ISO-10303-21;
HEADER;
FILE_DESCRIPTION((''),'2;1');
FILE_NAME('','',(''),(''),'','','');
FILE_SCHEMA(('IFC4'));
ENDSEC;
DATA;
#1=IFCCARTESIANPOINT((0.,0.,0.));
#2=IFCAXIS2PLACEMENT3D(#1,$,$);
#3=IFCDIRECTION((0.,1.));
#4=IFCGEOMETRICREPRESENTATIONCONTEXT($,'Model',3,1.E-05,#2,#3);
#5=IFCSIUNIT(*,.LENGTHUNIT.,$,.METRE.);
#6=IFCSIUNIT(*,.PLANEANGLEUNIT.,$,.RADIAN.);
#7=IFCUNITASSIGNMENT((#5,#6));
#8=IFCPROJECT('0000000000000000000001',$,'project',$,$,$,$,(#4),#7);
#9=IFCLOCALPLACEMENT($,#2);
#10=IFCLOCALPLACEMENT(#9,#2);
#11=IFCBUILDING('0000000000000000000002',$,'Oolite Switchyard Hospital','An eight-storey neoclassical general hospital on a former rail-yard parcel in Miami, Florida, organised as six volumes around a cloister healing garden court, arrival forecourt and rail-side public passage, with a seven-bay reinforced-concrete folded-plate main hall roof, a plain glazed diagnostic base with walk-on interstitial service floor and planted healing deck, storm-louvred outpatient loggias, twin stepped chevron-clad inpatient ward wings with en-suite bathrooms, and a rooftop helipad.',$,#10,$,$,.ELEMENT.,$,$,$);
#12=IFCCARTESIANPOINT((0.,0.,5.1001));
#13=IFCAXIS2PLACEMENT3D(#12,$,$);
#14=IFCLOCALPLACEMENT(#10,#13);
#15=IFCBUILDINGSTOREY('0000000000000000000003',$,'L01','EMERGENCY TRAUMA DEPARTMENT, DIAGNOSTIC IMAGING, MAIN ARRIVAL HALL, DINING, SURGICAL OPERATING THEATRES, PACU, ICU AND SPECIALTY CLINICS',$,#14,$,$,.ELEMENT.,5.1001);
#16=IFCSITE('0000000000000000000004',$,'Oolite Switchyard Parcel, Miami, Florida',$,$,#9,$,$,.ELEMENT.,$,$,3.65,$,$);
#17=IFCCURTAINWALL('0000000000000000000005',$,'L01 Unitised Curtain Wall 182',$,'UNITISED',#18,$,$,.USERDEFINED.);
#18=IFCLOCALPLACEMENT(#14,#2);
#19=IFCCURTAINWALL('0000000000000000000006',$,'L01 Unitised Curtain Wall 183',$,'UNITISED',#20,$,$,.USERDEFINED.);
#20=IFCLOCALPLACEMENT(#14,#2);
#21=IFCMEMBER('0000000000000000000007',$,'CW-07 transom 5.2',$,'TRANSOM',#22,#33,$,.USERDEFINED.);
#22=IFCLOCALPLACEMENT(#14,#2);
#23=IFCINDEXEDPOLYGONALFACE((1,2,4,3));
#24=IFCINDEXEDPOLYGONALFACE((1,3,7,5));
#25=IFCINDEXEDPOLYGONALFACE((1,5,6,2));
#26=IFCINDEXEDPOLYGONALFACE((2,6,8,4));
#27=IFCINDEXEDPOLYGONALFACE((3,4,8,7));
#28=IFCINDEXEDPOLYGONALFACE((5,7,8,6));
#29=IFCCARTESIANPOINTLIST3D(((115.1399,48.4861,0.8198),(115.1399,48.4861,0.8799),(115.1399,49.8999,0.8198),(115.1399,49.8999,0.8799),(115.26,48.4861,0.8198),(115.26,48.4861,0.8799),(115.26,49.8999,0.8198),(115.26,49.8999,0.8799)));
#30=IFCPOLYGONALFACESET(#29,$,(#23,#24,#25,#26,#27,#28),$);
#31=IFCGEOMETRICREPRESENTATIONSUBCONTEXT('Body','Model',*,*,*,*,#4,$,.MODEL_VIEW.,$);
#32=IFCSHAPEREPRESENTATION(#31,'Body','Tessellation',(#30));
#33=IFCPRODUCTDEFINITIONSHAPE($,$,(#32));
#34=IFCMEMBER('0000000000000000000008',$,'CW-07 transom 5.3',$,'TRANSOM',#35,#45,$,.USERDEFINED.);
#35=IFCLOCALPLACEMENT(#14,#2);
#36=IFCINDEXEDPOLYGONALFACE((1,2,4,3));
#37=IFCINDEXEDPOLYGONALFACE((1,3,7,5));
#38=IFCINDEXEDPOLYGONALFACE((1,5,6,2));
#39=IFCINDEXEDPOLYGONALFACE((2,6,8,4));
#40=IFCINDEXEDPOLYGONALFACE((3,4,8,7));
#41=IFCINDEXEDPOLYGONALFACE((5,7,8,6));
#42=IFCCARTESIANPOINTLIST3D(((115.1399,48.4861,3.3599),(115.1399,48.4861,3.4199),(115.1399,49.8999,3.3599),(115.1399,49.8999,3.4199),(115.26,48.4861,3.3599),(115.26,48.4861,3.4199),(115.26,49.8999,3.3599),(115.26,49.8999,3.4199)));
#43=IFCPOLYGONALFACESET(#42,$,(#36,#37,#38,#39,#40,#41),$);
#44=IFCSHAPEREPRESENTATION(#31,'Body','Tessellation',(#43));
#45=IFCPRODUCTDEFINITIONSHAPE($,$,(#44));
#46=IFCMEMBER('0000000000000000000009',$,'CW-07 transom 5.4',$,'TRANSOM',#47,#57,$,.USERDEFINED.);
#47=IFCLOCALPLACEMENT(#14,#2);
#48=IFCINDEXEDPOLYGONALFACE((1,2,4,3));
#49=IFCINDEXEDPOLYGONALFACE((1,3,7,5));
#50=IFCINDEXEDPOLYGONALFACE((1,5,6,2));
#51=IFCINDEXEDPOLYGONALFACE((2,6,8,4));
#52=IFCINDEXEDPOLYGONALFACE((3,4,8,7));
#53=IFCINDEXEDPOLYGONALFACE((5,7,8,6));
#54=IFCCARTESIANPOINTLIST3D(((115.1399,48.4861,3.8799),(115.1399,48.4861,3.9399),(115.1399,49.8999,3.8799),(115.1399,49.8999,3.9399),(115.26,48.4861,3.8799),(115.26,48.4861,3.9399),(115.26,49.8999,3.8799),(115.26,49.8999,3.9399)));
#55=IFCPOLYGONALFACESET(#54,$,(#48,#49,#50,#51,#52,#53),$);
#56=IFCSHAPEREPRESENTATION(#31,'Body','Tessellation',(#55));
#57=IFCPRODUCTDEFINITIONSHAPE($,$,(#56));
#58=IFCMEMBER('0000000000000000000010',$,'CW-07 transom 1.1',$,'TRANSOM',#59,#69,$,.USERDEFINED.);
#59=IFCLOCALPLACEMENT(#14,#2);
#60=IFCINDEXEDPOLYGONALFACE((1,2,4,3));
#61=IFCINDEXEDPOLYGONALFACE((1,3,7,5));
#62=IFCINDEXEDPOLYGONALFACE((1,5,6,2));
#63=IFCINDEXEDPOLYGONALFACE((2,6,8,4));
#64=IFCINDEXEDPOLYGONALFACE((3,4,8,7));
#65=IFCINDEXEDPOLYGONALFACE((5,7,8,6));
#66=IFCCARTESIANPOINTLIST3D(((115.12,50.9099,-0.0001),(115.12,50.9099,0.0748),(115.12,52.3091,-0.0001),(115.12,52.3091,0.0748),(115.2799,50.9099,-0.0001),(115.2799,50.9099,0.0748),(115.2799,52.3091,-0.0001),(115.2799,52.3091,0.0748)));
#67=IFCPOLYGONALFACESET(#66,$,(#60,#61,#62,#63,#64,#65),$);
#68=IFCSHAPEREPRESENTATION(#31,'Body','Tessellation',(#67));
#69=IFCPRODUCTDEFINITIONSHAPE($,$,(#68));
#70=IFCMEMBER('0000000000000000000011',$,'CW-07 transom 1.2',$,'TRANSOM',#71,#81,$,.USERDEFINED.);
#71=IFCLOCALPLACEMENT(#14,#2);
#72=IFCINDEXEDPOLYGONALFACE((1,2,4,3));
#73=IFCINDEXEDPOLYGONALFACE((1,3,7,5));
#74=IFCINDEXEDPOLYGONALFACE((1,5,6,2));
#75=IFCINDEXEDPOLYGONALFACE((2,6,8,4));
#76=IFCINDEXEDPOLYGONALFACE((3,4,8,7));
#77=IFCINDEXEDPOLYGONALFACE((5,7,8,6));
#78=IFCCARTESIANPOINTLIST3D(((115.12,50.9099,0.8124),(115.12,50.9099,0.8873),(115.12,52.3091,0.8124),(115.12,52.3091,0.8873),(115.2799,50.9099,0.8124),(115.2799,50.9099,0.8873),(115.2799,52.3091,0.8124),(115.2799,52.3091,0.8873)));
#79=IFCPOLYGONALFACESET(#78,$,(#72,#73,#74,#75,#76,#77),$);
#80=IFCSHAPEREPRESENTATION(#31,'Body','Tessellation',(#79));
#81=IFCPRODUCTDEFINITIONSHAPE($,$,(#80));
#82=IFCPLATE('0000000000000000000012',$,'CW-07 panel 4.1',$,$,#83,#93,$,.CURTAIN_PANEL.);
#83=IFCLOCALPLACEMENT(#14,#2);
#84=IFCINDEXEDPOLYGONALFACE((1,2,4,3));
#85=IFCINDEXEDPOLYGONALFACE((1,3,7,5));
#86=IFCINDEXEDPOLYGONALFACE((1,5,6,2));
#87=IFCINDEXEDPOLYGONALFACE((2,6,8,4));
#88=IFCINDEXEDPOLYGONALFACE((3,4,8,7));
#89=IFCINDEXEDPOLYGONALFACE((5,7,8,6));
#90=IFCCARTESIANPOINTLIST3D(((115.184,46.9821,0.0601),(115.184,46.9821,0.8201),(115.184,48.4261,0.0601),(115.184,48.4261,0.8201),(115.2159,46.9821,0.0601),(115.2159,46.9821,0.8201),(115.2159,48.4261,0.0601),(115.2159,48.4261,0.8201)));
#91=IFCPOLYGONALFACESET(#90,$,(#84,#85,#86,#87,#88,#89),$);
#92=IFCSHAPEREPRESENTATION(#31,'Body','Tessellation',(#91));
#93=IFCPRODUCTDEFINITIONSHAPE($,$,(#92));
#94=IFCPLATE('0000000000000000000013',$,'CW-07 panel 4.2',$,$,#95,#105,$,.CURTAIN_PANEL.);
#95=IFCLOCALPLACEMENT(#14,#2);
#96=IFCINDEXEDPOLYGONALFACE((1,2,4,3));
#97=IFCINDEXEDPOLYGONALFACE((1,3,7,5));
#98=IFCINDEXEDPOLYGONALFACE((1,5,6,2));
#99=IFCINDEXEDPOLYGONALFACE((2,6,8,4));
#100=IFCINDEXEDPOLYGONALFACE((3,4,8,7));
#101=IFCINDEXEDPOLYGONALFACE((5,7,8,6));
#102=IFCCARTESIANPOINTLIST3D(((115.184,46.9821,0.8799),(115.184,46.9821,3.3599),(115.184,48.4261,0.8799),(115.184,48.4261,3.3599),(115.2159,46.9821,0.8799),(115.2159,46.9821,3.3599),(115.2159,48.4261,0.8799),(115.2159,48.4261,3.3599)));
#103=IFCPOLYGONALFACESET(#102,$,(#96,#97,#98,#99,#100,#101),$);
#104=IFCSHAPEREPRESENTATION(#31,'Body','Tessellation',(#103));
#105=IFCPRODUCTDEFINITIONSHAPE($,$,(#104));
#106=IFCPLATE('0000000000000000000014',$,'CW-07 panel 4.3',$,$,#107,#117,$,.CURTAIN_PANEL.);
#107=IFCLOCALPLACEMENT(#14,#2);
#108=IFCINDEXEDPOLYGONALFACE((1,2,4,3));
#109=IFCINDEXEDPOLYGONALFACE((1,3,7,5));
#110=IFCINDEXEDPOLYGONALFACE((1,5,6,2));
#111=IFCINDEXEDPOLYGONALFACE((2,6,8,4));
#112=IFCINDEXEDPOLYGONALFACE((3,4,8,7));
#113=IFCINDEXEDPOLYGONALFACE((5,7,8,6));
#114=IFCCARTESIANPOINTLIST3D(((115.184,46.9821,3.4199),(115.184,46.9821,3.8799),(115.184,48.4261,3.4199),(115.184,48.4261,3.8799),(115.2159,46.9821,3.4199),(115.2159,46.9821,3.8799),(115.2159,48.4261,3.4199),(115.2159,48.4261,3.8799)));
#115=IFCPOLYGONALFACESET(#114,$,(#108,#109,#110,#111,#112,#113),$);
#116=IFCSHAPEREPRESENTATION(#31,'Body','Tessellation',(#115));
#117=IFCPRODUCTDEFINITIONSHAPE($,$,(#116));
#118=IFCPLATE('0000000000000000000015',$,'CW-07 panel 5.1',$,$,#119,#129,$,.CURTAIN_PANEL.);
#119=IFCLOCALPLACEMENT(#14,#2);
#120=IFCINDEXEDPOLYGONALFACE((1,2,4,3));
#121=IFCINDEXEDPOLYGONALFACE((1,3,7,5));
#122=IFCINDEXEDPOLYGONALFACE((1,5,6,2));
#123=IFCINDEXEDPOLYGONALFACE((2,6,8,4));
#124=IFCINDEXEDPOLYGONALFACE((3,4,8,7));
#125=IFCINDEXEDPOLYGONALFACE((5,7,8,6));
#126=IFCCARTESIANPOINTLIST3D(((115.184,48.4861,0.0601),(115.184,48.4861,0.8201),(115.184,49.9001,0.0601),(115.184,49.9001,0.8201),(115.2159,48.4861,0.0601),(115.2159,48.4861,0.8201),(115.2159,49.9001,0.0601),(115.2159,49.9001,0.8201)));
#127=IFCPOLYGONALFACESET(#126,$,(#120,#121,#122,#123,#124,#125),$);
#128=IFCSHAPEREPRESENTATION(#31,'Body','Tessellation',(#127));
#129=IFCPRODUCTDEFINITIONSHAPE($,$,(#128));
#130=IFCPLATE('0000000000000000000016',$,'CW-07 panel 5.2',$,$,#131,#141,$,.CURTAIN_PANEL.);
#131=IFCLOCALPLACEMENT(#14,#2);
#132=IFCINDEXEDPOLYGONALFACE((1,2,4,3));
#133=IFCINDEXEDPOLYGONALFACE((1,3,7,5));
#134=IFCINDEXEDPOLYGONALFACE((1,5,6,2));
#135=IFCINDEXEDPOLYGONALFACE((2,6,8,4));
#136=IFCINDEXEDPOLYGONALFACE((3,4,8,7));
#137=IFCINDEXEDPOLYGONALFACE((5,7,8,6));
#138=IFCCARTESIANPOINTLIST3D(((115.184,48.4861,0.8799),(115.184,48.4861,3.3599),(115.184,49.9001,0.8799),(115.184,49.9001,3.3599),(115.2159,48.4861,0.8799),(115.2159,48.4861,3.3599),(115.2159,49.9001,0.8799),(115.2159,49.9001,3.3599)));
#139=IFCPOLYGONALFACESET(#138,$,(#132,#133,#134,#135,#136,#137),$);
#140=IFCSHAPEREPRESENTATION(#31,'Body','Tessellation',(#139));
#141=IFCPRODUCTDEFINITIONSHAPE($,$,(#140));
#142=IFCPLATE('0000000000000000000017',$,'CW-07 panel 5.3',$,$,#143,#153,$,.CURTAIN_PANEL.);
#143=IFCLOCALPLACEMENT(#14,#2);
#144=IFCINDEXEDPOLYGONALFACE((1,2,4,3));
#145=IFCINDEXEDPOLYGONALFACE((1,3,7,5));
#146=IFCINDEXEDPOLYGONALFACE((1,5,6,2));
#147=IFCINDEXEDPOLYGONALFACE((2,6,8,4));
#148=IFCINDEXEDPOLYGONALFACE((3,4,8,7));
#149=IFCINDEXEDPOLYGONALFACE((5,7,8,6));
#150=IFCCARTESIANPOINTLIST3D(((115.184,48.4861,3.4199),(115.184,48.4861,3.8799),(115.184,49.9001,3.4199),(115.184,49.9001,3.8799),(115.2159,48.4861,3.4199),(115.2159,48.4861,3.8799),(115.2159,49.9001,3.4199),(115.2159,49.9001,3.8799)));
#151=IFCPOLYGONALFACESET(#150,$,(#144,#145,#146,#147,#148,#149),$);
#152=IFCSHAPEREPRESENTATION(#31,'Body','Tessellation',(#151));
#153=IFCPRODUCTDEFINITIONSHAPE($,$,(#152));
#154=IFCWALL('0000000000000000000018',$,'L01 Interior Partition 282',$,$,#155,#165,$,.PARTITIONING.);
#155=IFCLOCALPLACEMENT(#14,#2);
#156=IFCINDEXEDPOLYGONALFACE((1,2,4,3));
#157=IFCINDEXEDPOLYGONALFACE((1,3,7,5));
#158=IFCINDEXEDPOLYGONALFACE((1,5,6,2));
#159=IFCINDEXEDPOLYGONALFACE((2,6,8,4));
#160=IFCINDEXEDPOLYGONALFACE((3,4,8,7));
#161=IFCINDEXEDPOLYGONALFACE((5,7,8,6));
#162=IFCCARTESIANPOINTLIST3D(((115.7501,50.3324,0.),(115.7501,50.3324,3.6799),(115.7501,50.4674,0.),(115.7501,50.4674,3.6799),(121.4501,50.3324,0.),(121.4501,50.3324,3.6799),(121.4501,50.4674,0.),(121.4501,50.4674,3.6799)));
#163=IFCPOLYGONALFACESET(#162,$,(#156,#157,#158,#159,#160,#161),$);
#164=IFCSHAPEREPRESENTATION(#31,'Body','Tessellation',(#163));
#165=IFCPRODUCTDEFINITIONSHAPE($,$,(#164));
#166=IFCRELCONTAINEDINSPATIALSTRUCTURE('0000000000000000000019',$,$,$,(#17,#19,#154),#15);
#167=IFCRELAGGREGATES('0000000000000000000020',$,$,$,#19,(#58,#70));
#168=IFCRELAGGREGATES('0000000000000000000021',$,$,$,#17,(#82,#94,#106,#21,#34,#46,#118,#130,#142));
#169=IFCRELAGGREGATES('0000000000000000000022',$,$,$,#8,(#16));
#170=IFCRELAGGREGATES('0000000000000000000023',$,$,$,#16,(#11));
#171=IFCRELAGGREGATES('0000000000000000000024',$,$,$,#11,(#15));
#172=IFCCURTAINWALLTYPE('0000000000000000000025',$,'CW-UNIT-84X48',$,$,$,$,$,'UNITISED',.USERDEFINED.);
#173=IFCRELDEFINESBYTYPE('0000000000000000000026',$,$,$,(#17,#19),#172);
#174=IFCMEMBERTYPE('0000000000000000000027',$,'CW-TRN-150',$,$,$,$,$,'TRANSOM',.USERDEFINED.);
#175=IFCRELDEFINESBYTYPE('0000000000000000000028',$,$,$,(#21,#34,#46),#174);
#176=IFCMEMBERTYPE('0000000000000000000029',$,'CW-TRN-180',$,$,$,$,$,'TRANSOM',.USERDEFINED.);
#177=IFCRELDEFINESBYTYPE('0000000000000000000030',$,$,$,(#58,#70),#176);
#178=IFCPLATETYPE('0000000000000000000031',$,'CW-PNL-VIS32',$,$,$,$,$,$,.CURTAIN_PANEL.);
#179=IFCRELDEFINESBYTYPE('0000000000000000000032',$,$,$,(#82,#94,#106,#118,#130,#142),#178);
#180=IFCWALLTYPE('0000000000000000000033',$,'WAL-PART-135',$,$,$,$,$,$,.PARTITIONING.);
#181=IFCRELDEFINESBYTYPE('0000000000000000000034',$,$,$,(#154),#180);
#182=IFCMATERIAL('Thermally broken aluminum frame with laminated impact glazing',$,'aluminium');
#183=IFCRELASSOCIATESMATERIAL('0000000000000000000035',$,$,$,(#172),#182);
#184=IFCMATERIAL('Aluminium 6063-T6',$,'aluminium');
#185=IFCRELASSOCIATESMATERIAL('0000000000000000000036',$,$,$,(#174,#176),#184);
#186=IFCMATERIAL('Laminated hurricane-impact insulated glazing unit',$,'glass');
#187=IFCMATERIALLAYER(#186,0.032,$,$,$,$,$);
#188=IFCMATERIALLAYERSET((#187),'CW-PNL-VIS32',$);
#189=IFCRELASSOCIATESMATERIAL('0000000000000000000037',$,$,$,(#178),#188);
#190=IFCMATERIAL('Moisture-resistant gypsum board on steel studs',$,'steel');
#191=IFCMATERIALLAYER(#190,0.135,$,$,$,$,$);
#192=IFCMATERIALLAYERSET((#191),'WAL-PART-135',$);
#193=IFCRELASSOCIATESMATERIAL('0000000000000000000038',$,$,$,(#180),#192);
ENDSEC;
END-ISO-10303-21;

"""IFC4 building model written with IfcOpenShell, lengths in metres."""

from ifc_helpers import new_model, si_unit, direction, frame, frame_2d, origin, origin_2d, place, context, subcontext, project, spatial, rectangle, extrude, material, layer, layer_set, material_profile, profile_set, type_object, element, aggregate, save


model = new_model("IFC4")

# Units and contexts
model_context = context("Model", 3, precision=1e-05, world=origin(), true_north=direction((0.0, 1.0)))
body_context = subcontext(model_context, "Body", "Model", "MODEL_VIEW")
ifc_project = project(units=[si_unit("LENGTHUNIT", "METRE"), si_unit("PLANEANGLEUNIT", "RADIAN")], contexts=[model_context])

# Site, building, storey
site_placement = place(None, origin())
site = spatial("IfcSite", under=ifc_project, at=site_placement, Name="Oolite Switchyard Parcel, Miami, Florida", CompositionType="ELEMENT", RefElevation=3.65)
building_placement = place(site_placement, origin())
building = spatial("IfcBuilding", under=site, at=building_placement, Name="Oolite Switchyard Hospital", Description="An eight-storey neoclassical general hospital on a former rail-yard parcel in Miami, Florida, organised as six volumes around a cloister healing garden court, arrival forecourt and rail-side public passage, with a seven-bay reinforced-concrete folded-plate main hall roof, a plain glazed diagnostic base with walk-on interstitial service floor and planted healing deck, storm-louvred outpatient loggias, twin stepped chevron-clad inpatient ward wings with en-suite bathrooms, and a rooftop helipad.", CompositionType="ELEMENT")
storey_placement = place(building_placement, frame((0.0, 0.0, 5.1001)))
storey = spatial("IfcBuildingStorey", under=building, at=storey_placement, Name="L01", Description="EMERGENCY TRAUMA DEPARTMENT, DIAGNOSTIC IMAGING, MAIN ARRIVAL HALL, DINING, SURGICAL OPERATING THEATRES, PACU, ICU AND SPECIALTY CLINICS", CompositionType="ELEMENT", Elevation=5.1001)

# Curtain wall
ifc_material_1 = material(Name="Thermally broken aluminum frame with laminated impact glazing", Category="aluminium")
curtain_wall_type = type_object("IfcCurtainWallType", Name="CW-UNIT-84X48", ElementType="UNITISED", PredefinedType="USERDEFINED", material=ifc_material_1)
curtain_wall_1_placement = place(storey_placement, origin())
curtain_wall_1 = element("IfcCurtainWall", 1, at=curtain_wall_1_placement, inside=storey, type_object=curtain_wall_type, Name="L01 Unitised Curtain Wall 182", ObjectType="UNITISED", PredefinedType="USERDEFINED")
ifc_material_2 = material(Name="Aluminium 6063-T6", Category="aluminium")

# Curtain wall
curtain_wall_2_placement = place(storey_placement, origin())
curtain_wall_2 = element("IfcCurtainWall", 2, at=curtain_wall_2_placement, inside=storey, type_object=curtain_wall_type, Name="L01 Unitised Curtain Wall 183", ObjectType="UNITISED", PredefinedType="USERDEFINED")

# Members
ifc_material_profile_1 = material_profile(ifc_material_2, rectangle(XDim=0.1201, YDim=0.0601, at=origin_2d()), Name="CWT60X120")
ifc_profile_set_1 = profile_set([ifc_material_profile_1], Name="Aluminium 6063-T6")
member_type_1 = type_object("IfcMemberType", Name="CW-TRN-150", ElementType="TRANSOM", PredefinedType="USERDEFINED", material=ifc_profile_set_1)
member_1_placement = place(storey_placement, frame((115.2, 48.4861, 0.8499), z_axis=(0.0, 1.0, 0.0), x_axis=(-1.0, 0.0, 0.0)))
member_1 = element("IfcMember", 3, at=member_1_placement, type_object=member_type_1, Name="CW-07 transom 5.2", ObjectType="TRANSOM", PredefinedType="USERDEFINED", context=body_context, shape_type="SweptSolid", body=[
    extrude(rectangle(XDim=0.1201, YDim=0.0601, at=origin_2d()), origin(), (0.0, 0.0, 1.0), 1.4138),
])
member_2_placement = place(storey_placement, frame((115.2, 48.4861, 3.3899), z_axis=(0.0, 1.0, 0.0), x_axis=(-1.0, 0.0, 0.0)))
member_2 = element("IfcMember", 4, at=member_2_placement, type_object=member_type_1, Name="CW-07 transom 5.3", ObjectType="TRANSOM", PredefinedType="USERDEFINED", context=body_context, shape_type="SweptSolid", body=[
    extrude(rectangle(XDim=0.1201, YDim=0.0601, at=origin_2d()), origin(), (0.0, 0.0, 1.0), 1.4138),
])
member_3_placement = place(storey_placement, frame((115.2, 48.4861, 3.9099), z_axis=(0.0, 1.0, 0.0), x_axis=(-1.0, 0.0, 0.0)))
member_3 = element("IfcMember", 5, at=member_3_placement, type_object=member_type_1, Name="CW-07 transom 5.4", ObjectType="TRANSOM", PredefinedType="USERDEFINED", context=body_context, shape_type="SweptSolid", body=[
    extrude(rectangle(XDim=0.1201, YDim=0.0601, at=origin_2d()), origin(), (0.0, 0.0, 1.0), 1.4138),
])
ifc_material_profile_2 = material_profile(ifc_material_2, rectangle(XDim=0.1599, YDim=0.075, at=origin_2d()), Name="CWT75X160")
ifc_profile_set_2 = profile_set([ifc_material_profile_2], Name="Aluminium 6063-T6")
member_type_2 = type_object("IfcMemberType", Name="CW-TRN-180", ElementType="TRANSOM", PredefinedType="USERDEFINED", material=ifc_profile_set_2)
member_4_placement = place(storey_placement, frame((115.2, 50.9099, 0.0374), z_axis=(0.0, 1.0, 0.0), x_axis=(-1.0, 0.0, 0.0)))
member_4 = element("IfcMember", 6, at=member_4_placement, type_object=member_type_2, Name="CW-07 transom 1.1", ObjectType="TRANSOM", PredefinedType="USERDEFINED", context=body_context, shape_type="SweptSolid", body=[
    extrude(rectangle(XDim=0.1599, YDim=0.075, at=origin_2d()), origin(), (0.0, 0.0, 1.0), 1.3992),
])
member_5_placement = place(storey_placement, frame((115.2, 50.9099, 0.8499), z_axis=(0.0, 1.0, 0.0), x_axis=(-1.0, 0.0, 0.0)))
member_5 = element("IfcMember", 7, at=member_5_placement, type_object=member_type_2, Name="CW-07 transom 1.2", ObjectType="TRANSOM", PredefinedType="USERDEFINED", context=body_context, shape_type="SweptSolid", body=[
    extrude(rectangle(XDim=0.1599, YDim=0.075, at=origin_2d()), origin(), (0.0, 0.0, 1.0), 1.3992),
])
aggregate(curtain_wall_2, [member_4, member_5])

# Plates
ifc_material_3 = material(Name="Laminated hurricane-impact insulated glazing unit", Category="glass")
ifc_layer_1 = layer(ifc_material_3, 0.032)
ifc_layer_set_1 = layer_set([ifc_layer_1], Name="CW-PNL-VIS32")
plate_type = type_object("IfcPlateType", Name="CW-PNL-VIS32", PredefinedType="CURTAIN_PANEL", material=ifc_layer_set_1)
plate_1_placement = place(storey_placement, frame((115.2, 47.7041, 0.0601), z_axis=(0.0, 0.0, 1.0), x_axis=(0.0, 1.0, 0.0)))
plate_1 = element("IfcPlate", 8, at=plate_1_placement, type_object=plate_type, Name="CW-07 panel 4.1", PredefinedType="CURTAIN_PANEL", context=body_context, shape_type="SweptSolid", body=[
    extrude(rectangle(XDim=1.4441, YDim=0.032, at=origin_2d()), origin(), (0.0, 0.0, 1.0), 0.76),
])
plate_2_placement = place(storey_placement, frame((115.2, 47.7041, 0.8799), z_axis=(0.0, 0.0, 1.0), x_axis=(0.0, 1.0, 0.0)))
plate_2 = element("IfcPlate", 9, at=plate_2_placement, type_object=plate_type, Name="CW-07 panel 4.2", PredefinedType="CURTAIN_PANEL", context=body_context, shape_type="SweptSolid", body=[
    extrude(rectangle(XDim=1.4441, YDim=0.032, at=origin_2d()), origin(), (0.0, 0.0, 1.0), 2.48),
])
plate_3_placement = place(storey_placement, frame((115.2, 47.7041, 3.4199), z_axis=(0.0, 0.0, 1.0), x_axis=(0.0, 1.0, 0.0)))
plate_3 = element("IfcPlate", 10, at=plate_3_placement, type_object=plate_type, Name="CW-07 panel 4.3", PredefinedType="CURTAIN_PANEL", context=body_context, shape_type="SweptSolid", body=[
    extrude(rectangle(XDim=1.4441, YDim=0.032, at=origin_2d()), origin(), (0.0, 0.0, 1.0), 0.46),
])
plate_4_placement = place(storey_placement, frame((115.2, 49.1931, 0.0601), z_axis=(0.0, 0.0, 1.0), x_axis=(0.0, 1.0, 0.0)))
plate_4 = element("IfcPlate", 11, at=plate_4_placement, type_object=plate_type, Name="CW-07 panel 5.1", PredefinedType="CURTAIN_PANEL", context=body_context, shape_type="SweptSolid", body=[
    extrude(rectangle(XDim=1.4141, YDim=0.032, at=origin_2d()), origin(), (0.0, 0.0, 1.0), 0.76),
])
plate_5_placement = place(storey_placement, frame((115.2, 49.1931, 0.8799), z_axis=(0.0, 0.0, 1.0), x_axis=(0.0, 1.0, 0.0)))
plate_5 = element("IfcPlate", 12, at=plate_5_placement, type_object=plate_type, Name="CW-07 panel 5.2", PredefinedType="CURTAIN_PANEL", context=body_context, shape_type="SweptSolid", body=[
    extrude(rectangle(XDim=1.4141, YDim=0.032, at=origin_2d()), origin(), (0.0, 0.0, 1.0), 2.48),
])
plate_6_placement = place(storey_placement, frame((115.2, 49.1931, 3.4199), z_axis=(0.0, 0.0, 1.0), x_axis=(0.0, 1.0, 0.0)))
plate_6 = element("IfcPlate", 13, at=plate_6_placement, type_object=plate_type, Name="CW-07 panel 5.3", PredefinedType="CURTAIN_PANEL", context=body_context, shape_type="SweptSolid", body=[
    extrude(rectangle(XDim=1.4141, YDim=0.032, at=origin_2d()), origin(), (0.0, 0.0, 1.0), 0.46),
])
aggregate(curtain_wall_1, [plate_1, plate_2, plate_3, member_1, member_2, member_3, plate_4, plate_5, plate_6])

# Wall
ifc_material_4 = material(Name="Moisture-resistant gypsum board on steel studs", Category="steel")
ifc_layer_2 = layer(ifc_material_4, 0.135)
ifc_layer_set_2 = layer_set([ifc_layer_2], Name="WAL-PART-135")
wall_type_1 = type_object("IfcWallType", Name="WAL-PART-135", PredefinedType="PARTITIONING", material=ifc_layer_set_2)
wall_1_placement = place(storey_placement, frame((115.75, 50.3999, 0.0), z_axis=(0.0, 0.0, 1.0), x_axis=(1.0, 0.0, 0.0)))
element("IfcWall", 14, at=wall_1_placement, inside=storey, type_object=wall_type_1, Name="L01 Interior Partition 282", PredefinedType="PARTITIONING", context=body_context, shape_type="SweptSolid", body=[
    extrude(rectangle(XDim=5.7, YDim=0.135, at=frame_2d((2.8501, 0.0))), origin(), (0.0, 0.0, 1.0), 3.6799),
])

save(model, "model.ifc")
